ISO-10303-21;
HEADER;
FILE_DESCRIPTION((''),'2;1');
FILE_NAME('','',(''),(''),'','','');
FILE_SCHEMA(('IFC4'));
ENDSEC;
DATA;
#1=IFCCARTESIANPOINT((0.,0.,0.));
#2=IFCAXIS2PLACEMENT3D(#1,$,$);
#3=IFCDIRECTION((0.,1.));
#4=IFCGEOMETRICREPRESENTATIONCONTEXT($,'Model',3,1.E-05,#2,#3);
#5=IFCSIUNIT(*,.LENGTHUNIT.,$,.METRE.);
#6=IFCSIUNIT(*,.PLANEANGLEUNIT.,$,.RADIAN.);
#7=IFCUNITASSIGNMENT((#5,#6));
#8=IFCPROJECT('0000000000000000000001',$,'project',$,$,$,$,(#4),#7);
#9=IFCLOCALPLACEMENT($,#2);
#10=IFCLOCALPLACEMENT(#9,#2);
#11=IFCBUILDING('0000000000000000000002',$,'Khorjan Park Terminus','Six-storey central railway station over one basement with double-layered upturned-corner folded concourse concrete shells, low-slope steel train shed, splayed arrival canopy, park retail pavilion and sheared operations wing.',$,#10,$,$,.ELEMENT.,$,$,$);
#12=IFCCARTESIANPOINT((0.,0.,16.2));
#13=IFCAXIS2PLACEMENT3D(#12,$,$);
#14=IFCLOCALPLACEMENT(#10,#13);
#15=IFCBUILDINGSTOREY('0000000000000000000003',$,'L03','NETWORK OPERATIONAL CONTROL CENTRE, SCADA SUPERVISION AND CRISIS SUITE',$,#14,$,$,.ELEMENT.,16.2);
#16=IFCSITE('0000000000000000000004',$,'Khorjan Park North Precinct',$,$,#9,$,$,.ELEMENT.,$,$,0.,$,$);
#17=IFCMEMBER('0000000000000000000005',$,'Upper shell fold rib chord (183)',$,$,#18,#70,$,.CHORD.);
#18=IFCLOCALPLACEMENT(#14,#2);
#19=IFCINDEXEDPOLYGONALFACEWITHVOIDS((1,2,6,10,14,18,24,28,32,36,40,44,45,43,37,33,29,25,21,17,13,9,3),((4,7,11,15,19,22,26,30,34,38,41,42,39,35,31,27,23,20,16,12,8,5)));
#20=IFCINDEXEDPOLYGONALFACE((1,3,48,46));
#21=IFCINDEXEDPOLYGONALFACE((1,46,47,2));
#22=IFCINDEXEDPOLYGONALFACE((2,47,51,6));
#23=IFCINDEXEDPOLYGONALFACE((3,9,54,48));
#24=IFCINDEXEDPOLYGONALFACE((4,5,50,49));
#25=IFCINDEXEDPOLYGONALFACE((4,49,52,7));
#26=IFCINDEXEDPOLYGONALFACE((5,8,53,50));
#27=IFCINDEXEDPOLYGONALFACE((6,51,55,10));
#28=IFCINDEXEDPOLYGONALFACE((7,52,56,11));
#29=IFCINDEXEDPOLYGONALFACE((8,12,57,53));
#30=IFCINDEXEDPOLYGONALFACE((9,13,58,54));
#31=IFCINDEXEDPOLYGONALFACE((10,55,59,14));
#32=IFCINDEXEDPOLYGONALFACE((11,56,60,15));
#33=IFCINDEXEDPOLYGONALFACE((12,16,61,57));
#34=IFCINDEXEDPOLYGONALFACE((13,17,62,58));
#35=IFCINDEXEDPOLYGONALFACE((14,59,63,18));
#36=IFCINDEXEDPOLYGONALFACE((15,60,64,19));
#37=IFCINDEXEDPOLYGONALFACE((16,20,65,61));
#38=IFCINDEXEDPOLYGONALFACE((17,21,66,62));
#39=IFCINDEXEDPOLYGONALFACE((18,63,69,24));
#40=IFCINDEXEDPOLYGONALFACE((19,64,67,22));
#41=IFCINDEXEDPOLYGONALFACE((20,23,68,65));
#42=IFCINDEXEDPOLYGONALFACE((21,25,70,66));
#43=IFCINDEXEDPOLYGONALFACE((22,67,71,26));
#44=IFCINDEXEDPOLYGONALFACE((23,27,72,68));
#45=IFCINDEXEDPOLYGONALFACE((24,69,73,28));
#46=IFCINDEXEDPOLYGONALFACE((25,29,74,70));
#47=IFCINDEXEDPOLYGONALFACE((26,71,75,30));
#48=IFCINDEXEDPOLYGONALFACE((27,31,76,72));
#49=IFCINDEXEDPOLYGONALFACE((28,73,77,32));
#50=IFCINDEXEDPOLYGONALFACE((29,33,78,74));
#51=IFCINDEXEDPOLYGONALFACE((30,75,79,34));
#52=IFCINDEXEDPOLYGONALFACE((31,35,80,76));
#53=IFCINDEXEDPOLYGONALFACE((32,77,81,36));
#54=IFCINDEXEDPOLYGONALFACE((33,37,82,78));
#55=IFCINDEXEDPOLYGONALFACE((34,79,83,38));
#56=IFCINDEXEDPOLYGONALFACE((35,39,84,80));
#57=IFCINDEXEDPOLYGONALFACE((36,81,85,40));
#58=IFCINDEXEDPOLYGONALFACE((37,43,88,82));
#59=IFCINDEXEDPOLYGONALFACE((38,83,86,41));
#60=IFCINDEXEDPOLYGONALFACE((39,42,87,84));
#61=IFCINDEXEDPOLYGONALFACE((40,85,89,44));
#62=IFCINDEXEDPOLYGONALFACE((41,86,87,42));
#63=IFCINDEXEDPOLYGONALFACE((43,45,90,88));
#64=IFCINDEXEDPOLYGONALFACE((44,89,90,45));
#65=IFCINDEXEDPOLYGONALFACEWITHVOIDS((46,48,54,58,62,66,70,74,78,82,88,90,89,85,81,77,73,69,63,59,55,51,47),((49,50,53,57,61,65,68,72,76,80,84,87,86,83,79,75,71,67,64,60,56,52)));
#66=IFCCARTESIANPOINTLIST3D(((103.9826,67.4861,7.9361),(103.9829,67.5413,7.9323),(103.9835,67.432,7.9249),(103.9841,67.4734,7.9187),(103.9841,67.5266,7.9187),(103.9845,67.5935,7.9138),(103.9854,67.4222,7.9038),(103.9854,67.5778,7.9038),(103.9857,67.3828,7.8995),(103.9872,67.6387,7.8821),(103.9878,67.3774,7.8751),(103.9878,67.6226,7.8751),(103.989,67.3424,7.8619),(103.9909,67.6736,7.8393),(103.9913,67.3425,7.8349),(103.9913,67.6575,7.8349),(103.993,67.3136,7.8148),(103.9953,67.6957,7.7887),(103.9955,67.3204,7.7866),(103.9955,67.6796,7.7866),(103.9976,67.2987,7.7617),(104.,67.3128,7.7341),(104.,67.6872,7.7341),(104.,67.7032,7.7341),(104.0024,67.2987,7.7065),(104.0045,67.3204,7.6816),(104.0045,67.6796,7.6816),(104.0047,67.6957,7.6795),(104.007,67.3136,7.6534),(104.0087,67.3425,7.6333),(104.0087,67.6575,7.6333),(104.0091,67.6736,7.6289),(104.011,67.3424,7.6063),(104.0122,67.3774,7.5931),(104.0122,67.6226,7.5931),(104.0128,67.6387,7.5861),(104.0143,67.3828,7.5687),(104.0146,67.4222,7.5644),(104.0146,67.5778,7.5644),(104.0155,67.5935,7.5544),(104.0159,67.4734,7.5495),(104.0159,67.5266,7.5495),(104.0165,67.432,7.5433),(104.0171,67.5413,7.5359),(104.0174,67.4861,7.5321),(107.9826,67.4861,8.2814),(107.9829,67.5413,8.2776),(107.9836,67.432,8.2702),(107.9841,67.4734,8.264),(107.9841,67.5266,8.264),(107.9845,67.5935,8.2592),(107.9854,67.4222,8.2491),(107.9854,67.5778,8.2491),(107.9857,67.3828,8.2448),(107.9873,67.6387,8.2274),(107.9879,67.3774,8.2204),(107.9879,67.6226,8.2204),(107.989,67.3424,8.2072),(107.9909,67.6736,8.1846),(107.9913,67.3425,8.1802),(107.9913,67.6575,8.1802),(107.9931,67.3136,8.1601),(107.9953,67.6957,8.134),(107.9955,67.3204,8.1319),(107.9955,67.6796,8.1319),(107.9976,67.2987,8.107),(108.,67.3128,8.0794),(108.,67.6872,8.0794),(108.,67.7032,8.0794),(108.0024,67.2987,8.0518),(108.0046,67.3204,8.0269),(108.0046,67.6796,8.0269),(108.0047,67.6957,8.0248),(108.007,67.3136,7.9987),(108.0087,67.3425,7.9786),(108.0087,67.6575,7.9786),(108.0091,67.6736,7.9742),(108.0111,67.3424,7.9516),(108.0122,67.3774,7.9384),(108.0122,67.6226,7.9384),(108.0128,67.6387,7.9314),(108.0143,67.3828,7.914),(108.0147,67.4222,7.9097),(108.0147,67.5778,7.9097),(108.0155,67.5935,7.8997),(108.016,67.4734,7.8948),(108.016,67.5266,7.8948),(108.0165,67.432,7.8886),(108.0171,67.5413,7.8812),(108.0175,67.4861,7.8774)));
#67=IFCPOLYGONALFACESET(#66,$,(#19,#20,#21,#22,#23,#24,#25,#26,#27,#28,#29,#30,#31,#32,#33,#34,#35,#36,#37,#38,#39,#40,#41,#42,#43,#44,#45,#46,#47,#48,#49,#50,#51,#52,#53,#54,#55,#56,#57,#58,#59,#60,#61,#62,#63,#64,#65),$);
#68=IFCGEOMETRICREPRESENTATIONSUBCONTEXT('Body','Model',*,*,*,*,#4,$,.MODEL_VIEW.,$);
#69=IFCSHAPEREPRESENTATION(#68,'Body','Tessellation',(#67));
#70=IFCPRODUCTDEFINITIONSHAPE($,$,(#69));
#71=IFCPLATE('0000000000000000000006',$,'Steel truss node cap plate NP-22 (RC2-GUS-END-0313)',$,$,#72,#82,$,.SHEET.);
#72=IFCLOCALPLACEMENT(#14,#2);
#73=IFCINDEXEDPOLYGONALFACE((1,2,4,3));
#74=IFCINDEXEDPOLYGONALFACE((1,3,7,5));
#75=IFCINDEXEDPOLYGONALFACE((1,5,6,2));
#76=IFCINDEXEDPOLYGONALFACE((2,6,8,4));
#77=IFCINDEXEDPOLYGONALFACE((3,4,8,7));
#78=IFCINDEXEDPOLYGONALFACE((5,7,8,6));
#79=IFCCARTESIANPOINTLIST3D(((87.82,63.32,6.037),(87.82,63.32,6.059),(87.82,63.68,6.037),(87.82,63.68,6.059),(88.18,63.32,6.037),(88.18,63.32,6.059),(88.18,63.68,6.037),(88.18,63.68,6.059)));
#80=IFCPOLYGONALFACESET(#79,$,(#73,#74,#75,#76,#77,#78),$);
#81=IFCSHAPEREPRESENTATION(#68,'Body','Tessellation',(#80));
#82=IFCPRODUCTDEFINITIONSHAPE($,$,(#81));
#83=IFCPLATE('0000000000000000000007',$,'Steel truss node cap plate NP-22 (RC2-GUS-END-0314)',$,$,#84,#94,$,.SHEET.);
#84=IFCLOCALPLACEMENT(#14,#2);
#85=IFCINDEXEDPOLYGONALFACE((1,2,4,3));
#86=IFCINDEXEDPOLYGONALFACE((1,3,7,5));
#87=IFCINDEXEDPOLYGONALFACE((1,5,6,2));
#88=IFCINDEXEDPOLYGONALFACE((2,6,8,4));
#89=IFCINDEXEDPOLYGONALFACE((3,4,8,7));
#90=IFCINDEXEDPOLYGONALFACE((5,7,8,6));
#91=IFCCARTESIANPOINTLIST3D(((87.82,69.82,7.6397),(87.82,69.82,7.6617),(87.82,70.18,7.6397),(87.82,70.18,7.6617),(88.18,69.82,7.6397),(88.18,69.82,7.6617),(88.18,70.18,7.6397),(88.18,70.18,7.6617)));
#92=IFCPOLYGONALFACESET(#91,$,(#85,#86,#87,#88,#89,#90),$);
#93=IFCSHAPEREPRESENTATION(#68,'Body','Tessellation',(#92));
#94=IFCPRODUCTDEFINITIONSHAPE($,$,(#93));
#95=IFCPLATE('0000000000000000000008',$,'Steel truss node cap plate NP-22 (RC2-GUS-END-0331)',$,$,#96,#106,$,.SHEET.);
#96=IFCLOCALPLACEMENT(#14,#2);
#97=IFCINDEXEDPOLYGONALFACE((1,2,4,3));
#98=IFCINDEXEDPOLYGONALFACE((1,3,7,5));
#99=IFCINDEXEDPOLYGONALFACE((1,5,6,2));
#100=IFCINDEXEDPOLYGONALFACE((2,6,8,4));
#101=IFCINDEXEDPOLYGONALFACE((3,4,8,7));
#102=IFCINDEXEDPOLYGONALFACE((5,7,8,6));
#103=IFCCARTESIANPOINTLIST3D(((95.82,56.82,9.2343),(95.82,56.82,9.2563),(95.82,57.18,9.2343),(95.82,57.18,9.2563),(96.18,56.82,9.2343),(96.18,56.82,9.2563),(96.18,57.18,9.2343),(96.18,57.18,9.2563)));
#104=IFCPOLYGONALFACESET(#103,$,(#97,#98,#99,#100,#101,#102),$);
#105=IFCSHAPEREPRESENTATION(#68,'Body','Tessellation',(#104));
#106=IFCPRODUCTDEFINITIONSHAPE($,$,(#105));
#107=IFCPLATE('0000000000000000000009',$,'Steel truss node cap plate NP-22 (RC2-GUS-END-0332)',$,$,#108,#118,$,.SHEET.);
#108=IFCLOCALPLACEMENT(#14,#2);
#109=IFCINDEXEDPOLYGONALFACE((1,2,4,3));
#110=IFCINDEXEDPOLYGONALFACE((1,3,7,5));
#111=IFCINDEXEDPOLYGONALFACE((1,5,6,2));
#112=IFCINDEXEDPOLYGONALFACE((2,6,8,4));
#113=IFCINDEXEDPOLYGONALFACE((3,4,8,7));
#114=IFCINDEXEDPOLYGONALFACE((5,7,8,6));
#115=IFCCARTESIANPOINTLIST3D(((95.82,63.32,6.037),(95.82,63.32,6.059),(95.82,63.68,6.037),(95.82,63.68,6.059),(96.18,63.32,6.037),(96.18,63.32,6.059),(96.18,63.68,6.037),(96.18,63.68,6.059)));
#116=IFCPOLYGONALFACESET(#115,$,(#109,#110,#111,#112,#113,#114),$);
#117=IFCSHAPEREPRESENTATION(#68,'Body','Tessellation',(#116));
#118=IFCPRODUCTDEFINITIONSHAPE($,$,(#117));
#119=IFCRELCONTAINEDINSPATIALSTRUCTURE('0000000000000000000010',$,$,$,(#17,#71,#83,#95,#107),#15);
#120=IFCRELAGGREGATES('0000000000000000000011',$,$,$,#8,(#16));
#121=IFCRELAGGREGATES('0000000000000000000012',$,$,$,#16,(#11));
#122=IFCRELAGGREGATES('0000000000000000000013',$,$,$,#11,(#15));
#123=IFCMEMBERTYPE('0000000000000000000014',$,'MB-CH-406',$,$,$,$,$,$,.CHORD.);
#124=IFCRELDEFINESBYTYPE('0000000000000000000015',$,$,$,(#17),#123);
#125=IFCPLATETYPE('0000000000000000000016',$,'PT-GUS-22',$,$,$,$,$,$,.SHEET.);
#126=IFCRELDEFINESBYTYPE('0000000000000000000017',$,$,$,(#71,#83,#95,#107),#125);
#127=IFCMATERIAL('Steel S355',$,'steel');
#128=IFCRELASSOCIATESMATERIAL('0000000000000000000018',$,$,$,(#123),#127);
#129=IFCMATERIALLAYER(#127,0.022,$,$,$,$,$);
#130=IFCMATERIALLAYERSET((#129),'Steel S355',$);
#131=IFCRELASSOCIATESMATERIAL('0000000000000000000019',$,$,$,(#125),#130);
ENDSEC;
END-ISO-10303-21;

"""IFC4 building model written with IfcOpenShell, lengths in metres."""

from ifc_helpers import new_model, si_unit, direction, frame, origin, origin_2d, place, context, subcontext, project, spatial, rectangle, hollow_circle, extrude, material, layer, layer_set, material_profile, profile_set, type_object, element, save


model = new_model("IFC4")

# Units and contexts
model_context = context("Model", 3, precision=1e-05, world=origin(), true_north=direction((0.0, 1.0)))
body_context = subcontext(model_context, "Body", "Model", "MODEL_VIEW")
ifc_project = project(units=[si_unit("LENGTHUNIT", "METRE"), si_unit("PLANEANGLEUNIT", "RADIAN")], contexts=[model_context])

# Site, building, storey
site_placement = place(None, origin())
site = spatial("IfcSite", under=ifc_project, at=site_placement, Name="Khorjan Park North Precinct", CompositionType="ELEMENT", RefElevation=0.0)
building_placement = place(site_placement, origin())
building = spatial("IfcBuilding", under=site, at=building_placement, Name="Khorjan Park Terminus", Description="Six-storey central railway station over one basement with double-layered upturned-corner folded concourse concrete shells, low-slope steel train shed, splayed arrival canopy, park retail pavilion and sheared operations wing.", CompositionType="ELEMENT")
storey_placement = place(building_placement, frame((0.0, 0.0, 16.2)))
storey = spatial("IfcBuildingStorey", under=building, at=storey_placement, Name="L03", Description="NETWORK OPERATIONAL CONTROL CENTRE, SCADA SUPERVISION AND CRISIS SUITE", CompositionType="ELEMENT", Elevation=16.2)

# Member
ifc_material = material(Name="Steel S355", Category="steel")
ifc_material_profile_1 = material_profile(ifc_material, hollow_circle(Radius=0.2032, WallThickness=0.016, at=origin_2d()), Name="CHS 406.4x16")
ifc_profile_set_1 = profile_set([ifc_material_profile_1], Name="Steel S355")
member_type_1 = type_object("IfcMemberType", Name="MB-CH-406", PredefinedType="CHORD", material=ifc_profile_set_1)
member_1_placement = place(storey_placement, frame((104.0, 67.5, 7.7341), z_axis=(0.996295, 0.0, 0.086005), x_axis=(0.0, 1.0, 0.0)))
element("IfcMember", 1, at=member_1_placement, inside=storey, type_object=member_type_1, Name="Upper shell fold rib chord (183)", PredefinedType="CHORD", context=body_context, shape_type="SweptSolid", body=[
    extrude(hollow_circle(Radius=0.2032, WallThickness=0.016, at=origin_2d()), origin(), (0.0, 0.0, 1.0), 4.0149),
])

# Plates
ifc_layer = layer(ifc_material, 0.022)
ifc_layer_set = layer_set([ifc_layer], Name="Steel S355")
plate_type = type_object("IfcPlateType", Name="PT-GUS-22", PredefinedType="SHEET", material=ifc_layer_set)
for number, where, z_axis, x_axis, name in (
    (2, (88.0, 63.5, 6.037), (0.0, 0.0, 1.0), (1.0, 0.0, 0.0), "Steel truss node cap plate NP-22 (RC2-GUS-END-0313)"),
    (3, (88.0, 70.0, 7.6397), (0.0, 0.0, 1.0), (1.0, 0.0, 0.0), "Steel truss node cap plate NP-22 (RC2-GUS-END-0314)"),
    (4, (96.0, 57.0, 9.2343), (0.0, 0.0, 1.0), (1.0, 0.0, 0.0), "Steel truss node cap plate NP-22 (RC2-GUS-END-0331)"),
    (5, (96.0, 63.5, 6.037), (0.0, 0.0, 1.0), (1.0, 0.0, 0.0), "Steel truss node cap plate NP-22 (RC2-GUS-END-0332)"),
):
    element("IfcPlate", number, at=place(storey_placement, frame(where, z_axis=z_axis, x_axis=x_axis)), inside=storey, type_object=plate_type, Name=name, PredefinedType="SHEET", context=body_context, shape_type="SweptSolid", body=[
        extrude(rectangle(XDim=0.36, YDim=0.36, at=origin_2d()), origin(), (0.0, 0.0, 1.0), 0.022),
    ])

save(model, "model.ifc")
